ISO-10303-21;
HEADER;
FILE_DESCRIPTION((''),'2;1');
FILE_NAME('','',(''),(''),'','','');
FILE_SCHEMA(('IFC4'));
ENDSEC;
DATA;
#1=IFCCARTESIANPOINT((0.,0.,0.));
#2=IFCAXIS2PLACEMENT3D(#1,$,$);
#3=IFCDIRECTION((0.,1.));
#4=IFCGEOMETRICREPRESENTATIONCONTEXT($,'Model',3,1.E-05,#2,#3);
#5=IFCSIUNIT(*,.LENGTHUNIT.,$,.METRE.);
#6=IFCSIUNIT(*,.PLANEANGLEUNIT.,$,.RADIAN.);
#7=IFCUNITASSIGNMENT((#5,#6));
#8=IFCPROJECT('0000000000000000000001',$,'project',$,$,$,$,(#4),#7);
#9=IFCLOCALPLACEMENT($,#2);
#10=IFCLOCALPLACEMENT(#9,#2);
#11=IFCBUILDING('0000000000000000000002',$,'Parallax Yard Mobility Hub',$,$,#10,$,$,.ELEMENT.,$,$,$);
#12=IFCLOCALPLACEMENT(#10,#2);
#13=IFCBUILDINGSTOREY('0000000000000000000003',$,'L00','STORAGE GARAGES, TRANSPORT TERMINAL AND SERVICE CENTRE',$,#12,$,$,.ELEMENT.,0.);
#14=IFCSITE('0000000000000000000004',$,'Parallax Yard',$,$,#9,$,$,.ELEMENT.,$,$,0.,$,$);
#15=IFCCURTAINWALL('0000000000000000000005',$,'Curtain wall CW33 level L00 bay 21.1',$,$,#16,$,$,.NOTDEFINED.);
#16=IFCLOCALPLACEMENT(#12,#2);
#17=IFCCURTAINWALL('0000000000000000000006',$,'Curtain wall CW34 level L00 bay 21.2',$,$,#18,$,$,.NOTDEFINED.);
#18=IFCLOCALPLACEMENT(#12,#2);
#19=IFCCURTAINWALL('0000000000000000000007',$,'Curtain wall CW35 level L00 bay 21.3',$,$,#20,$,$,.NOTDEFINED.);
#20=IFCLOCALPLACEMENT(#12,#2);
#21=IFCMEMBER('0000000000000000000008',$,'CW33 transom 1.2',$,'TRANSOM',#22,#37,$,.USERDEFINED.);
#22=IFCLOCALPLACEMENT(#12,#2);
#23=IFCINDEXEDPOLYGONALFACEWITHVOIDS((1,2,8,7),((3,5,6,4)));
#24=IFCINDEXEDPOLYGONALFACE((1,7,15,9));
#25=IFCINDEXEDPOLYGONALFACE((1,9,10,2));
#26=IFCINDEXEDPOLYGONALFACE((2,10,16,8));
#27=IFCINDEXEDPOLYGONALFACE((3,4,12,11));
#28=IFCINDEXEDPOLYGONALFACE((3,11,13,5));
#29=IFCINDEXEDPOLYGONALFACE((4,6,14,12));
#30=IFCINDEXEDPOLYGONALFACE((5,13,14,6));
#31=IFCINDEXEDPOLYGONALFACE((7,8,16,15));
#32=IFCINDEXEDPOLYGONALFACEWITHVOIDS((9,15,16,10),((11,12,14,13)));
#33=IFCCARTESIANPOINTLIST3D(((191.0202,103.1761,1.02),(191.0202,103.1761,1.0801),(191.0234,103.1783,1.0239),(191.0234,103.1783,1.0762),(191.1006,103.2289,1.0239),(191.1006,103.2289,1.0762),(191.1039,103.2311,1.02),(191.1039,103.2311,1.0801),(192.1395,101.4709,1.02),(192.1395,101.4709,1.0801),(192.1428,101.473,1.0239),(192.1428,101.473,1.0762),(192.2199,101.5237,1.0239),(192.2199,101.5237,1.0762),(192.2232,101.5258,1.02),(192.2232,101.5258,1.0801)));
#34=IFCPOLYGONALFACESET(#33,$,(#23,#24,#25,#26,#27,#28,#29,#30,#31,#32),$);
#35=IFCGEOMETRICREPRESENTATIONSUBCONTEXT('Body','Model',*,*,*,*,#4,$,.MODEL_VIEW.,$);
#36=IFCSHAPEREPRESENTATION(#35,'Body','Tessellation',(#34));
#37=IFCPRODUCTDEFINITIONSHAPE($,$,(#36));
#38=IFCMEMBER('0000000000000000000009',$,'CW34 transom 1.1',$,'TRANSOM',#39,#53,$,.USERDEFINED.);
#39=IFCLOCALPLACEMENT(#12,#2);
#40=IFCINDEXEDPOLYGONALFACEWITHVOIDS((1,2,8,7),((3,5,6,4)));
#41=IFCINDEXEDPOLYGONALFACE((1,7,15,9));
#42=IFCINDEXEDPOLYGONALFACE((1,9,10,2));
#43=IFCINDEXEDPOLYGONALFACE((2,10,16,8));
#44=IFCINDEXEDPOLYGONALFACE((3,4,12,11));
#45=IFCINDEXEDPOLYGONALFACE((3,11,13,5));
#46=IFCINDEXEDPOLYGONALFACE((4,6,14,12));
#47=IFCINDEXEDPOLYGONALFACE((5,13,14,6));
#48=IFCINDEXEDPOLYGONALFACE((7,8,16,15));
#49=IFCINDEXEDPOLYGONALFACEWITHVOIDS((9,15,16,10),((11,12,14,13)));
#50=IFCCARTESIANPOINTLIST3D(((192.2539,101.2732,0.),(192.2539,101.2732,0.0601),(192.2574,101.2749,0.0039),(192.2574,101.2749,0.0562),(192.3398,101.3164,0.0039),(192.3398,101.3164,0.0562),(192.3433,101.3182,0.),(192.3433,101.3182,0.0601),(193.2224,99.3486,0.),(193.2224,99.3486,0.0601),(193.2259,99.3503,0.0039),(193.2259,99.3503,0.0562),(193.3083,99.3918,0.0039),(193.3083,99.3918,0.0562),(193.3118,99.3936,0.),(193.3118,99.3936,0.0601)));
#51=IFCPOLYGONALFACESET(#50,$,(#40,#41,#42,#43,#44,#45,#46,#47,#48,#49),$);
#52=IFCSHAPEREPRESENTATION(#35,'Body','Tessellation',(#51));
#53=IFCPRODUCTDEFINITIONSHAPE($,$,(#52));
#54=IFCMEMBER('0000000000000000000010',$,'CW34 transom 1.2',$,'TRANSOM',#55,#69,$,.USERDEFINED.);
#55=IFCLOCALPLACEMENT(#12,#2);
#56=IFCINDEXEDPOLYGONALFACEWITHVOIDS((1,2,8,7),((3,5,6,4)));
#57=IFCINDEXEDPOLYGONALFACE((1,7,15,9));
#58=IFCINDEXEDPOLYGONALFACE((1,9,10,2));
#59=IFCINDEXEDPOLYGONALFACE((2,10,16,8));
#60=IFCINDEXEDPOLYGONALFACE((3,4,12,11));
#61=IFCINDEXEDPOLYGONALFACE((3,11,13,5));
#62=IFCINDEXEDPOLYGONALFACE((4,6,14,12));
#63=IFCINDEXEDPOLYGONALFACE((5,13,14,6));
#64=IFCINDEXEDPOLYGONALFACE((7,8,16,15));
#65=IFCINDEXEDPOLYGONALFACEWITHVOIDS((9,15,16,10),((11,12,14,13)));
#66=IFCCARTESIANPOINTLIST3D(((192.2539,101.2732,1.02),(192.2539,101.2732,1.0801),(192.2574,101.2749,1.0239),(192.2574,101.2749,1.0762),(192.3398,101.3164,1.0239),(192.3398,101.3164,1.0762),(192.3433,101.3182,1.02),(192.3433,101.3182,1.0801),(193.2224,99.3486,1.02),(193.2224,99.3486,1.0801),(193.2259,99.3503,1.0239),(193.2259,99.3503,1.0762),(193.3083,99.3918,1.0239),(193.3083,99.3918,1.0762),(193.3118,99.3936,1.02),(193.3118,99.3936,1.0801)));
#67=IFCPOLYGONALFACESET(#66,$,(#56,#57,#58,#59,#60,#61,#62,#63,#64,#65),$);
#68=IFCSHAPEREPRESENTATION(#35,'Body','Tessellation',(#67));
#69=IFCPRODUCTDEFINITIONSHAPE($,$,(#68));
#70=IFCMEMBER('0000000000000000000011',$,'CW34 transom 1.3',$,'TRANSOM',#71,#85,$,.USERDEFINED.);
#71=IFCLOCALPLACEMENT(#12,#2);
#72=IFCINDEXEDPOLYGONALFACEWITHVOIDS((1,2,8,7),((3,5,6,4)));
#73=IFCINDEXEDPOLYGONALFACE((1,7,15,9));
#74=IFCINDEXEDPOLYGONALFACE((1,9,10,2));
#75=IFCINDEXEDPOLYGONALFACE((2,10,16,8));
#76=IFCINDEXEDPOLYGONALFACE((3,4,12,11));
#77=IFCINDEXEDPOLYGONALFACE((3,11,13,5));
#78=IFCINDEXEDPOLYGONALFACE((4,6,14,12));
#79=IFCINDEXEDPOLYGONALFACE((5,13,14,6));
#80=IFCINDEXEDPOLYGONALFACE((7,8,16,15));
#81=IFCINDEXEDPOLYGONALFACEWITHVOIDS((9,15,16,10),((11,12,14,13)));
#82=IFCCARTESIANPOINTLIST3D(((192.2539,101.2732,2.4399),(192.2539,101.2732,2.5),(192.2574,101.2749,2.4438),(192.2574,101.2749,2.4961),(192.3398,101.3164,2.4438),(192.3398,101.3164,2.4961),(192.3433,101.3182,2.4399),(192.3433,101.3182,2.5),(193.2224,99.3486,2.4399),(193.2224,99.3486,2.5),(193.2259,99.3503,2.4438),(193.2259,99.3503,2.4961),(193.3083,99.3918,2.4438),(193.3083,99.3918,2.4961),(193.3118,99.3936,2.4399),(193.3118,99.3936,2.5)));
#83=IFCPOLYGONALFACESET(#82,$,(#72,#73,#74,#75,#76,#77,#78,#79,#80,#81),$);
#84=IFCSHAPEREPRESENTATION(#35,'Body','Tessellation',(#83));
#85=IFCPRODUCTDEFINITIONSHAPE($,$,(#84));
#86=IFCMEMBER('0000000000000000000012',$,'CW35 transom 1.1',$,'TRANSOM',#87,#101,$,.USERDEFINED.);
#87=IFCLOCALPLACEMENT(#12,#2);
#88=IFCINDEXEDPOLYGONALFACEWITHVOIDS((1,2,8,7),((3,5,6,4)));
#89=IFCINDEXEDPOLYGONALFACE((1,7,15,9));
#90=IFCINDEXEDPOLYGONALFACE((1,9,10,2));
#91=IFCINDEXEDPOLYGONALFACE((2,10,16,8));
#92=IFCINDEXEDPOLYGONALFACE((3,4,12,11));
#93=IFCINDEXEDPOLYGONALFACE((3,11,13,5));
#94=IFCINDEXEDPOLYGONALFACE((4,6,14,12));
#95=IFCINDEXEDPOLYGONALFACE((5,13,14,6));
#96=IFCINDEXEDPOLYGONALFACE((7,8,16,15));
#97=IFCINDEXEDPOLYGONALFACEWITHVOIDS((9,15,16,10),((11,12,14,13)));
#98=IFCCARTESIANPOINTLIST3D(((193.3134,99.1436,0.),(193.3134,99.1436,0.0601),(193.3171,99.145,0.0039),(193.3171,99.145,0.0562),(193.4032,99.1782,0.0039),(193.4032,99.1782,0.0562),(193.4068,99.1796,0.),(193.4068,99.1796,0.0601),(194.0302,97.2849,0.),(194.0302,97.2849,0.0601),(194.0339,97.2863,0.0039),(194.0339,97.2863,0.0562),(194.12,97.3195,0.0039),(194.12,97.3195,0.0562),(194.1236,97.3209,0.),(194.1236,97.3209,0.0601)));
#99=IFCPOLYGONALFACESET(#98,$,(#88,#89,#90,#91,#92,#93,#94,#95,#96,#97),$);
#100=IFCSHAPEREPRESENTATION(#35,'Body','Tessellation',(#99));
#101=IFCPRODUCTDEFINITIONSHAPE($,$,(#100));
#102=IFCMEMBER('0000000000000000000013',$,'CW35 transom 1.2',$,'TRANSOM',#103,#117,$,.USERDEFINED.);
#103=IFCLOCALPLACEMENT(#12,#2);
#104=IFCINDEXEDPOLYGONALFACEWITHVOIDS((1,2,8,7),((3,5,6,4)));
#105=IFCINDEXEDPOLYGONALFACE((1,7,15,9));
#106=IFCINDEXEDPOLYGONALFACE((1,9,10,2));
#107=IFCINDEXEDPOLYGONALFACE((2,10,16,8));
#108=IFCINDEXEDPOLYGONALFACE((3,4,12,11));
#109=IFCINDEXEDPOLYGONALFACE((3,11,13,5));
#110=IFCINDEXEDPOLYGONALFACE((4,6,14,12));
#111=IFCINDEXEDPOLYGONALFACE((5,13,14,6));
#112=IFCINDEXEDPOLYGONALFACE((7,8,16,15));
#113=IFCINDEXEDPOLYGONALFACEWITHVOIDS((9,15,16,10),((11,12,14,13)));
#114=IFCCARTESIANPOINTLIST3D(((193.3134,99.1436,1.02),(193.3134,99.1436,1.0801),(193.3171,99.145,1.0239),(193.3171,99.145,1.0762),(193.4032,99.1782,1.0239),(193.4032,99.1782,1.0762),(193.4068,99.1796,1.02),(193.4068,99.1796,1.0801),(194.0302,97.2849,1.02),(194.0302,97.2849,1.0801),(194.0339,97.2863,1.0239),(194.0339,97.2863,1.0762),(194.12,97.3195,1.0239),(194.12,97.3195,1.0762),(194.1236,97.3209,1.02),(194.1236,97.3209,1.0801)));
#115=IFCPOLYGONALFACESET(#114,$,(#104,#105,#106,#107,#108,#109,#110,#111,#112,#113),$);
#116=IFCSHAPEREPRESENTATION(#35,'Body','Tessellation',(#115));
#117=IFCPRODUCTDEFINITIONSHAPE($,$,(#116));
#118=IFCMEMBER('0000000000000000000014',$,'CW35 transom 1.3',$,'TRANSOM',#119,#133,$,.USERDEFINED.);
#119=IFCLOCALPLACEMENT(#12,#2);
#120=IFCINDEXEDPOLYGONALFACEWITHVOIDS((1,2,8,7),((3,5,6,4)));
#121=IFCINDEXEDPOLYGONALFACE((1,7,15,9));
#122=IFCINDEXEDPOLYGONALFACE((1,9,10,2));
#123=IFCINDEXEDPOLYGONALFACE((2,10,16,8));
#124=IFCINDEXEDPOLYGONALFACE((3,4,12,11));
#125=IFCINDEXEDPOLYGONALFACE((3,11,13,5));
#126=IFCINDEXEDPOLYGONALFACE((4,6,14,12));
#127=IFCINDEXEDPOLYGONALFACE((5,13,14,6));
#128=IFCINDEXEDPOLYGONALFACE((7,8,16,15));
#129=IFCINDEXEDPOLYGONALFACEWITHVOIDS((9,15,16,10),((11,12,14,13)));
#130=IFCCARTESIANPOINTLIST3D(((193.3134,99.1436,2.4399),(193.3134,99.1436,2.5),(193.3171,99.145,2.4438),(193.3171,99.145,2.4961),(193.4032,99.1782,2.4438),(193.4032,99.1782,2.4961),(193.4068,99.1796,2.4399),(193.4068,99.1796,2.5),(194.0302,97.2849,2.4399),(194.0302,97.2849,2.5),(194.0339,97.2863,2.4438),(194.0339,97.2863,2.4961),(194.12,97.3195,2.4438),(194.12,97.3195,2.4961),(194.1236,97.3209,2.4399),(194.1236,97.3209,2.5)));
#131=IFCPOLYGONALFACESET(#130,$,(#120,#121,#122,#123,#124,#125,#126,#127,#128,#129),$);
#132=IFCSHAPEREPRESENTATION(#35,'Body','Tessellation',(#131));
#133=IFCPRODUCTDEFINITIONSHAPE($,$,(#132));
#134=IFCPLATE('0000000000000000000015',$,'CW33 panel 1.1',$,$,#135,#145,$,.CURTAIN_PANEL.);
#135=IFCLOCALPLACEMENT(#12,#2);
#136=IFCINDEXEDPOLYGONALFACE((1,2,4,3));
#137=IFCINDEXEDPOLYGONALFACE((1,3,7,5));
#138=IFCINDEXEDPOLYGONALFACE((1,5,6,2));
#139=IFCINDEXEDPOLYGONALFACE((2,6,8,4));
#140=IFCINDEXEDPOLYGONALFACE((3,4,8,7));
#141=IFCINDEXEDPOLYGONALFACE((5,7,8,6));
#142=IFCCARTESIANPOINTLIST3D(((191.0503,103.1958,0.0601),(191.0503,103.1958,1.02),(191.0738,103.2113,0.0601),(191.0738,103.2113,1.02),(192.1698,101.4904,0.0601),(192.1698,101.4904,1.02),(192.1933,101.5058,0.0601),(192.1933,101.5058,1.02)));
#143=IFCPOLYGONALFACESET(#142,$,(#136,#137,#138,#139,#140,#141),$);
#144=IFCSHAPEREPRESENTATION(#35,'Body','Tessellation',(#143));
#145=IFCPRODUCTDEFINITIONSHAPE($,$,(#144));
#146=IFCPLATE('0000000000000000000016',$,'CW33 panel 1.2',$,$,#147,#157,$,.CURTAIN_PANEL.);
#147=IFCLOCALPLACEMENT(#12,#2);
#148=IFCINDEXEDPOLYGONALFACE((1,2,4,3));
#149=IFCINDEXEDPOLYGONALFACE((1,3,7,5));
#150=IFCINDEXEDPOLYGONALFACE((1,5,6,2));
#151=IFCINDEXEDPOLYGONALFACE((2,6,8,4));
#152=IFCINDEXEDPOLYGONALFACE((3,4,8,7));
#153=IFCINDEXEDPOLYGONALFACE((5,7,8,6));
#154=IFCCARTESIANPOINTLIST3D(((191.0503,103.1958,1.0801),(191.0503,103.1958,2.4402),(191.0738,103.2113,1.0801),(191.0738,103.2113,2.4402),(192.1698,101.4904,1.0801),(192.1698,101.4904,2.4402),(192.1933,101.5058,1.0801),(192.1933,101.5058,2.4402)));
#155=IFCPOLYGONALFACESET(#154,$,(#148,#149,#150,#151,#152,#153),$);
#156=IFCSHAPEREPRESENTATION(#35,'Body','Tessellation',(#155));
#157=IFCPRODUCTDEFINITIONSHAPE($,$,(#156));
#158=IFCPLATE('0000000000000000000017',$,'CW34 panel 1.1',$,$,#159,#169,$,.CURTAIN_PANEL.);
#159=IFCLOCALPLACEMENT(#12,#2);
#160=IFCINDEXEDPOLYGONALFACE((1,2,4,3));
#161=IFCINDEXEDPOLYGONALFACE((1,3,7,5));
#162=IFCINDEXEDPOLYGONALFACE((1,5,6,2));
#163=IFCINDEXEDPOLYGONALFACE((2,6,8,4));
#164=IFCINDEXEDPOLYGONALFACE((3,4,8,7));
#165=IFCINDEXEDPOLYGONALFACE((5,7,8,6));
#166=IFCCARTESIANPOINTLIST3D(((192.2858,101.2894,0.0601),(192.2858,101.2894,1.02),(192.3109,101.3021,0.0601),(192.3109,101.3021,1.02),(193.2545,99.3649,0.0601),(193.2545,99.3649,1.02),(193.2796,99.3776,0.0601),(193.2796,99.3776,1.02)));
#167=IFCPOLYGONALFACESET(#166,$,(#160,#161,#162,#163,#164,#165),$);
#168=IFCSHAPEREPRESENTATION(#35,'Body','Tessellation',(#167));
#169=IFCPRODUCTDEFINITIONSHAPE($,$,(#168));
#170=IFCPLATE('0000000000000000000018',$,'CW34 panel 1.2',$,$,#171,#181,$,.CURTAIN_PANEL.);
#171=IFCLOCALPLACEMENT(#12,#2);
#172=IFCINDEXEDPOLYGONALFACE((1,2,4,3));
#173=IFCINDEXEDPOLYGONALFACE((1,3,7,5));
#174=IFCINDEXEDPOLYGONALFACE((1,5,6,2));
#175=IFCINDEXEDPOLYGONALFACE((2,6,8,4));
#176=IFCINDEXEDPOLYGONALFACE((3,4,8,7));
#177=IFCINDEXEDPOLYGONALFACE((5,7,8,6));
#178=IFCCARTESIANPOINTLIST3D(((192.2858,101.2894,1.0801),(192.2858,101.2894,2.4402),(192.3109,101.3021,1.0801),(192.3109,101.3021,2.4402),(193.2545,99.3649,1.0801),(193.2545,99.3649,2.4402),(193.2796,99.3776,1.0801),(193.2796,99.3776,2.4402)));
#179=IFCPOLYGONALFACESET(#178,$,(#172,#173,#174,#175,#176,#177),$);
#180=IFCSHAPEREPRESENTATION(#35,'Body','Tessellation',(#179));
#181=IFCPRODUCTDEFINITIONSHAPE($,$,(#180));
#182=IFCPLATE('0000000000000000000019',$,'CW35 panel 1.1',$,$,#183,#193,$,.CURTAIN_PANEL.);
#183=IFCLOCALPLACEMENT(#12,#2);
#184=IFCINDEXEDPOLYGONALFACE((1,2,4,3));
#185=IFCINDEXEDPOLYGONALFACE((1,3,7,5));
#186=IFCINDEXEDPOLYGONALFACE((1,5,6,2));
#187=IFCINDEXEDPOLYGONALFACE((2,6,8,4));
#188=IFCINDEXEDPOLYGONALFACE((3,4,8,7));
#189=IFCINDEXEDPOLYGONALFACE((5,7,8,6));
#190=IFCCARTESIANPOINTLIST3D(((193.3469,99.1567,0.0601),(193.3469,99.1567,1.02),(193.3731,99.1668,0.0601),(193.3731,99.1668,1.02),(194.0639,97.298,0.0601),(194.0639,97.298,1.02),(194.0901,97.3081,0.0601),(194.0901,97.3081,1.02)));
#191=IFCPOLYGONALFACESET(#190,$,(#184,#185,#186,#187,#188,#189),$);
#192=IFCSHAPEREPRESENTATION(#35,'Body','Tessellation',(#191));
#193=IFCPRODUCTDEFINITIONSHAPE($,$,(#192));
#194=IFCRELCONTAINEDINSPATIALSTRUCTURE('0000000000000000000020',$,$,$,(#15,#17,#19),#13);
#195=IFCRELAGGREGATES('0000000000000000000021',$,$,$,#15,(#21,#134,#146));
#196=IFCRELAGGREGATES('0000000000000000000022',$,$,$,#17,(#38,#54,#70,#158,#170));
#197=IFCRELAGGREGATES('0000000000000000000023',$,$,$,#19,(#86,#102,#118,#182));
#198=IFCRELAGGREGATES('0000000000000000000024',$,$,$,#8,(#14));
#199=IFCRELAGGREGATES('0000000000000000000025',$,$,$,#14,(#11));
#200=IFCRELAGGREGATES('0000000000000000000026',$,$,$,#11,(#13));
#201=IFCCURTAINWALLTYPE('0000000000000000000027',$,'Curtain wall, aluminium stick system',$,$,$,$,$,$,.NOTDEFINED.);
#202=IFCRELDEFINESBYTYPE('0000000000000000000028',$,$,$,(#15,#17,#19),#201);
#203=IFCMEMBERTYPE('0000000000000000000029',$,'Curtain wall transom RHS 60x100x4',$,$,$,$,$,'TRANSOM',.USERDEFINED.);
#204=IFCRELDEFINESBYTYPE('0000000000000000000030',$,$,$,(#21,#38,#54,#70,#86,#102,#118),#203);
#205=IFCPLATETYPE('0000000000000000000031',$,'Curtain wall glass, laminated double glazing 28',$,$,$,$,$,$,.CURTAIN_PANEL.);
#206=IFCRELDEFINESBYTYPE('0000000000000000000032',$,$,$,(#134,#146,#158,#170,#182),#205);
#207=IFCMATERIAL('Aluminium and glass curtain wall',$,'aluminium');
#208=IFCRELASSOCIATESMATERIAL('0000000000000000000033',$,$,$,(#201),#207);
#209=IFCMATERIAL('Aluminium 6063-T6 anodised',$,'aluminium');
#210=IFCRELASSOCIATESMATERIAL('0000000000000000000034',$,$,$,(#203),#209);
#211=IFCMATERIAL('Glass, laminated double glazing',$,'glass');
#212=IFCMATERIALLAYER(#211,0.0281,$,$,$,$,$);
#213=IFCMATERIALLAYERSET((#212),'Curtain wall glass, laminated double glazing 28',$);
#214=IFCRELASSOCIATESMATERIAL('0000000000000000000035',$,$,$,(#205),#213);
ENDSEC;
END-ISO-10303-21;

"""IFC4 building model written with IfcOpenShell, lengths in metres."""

from ifc_helpers import new_model, si_unit, direction, frame, origin, origin_2d, place, context, subcontext, project, spatial, rectangle, hollow_rectangle, extrude, material, layer, layer_set, material_profile, profile_set, type_object, element, aggregate, save


model = new_model("IFC4")

# Units and contexts
model_context = context("Model", 3, precision=1e-05, world=origin(), true_north=direction((0.0, 1.0)))
body_context = subcontext(model_context, "Body", "Model", "MODEL_VIEW")
ifc_project = project(units=[si_unit("LENGTHUNIT", "METRE"), si_unit("PLANEANGLEUNIT", "RADIAN")], contexts=[model_context])

# Site, building, storey
site_placement = place(None, origin())
site = spatial("IfcSite", under=ifc_project, at=site_placement, Name="Parallax Yard", CompositionType="ELEMENT", RefElevation=0.0)
building_placement = place(site_placement, origin())
building = spatial("IfcBuilding", under=site, at=building_placement, Name="Parallax Yard Mobility Hub", CompositionType="ELEMENT")
storey_placement = place(building_placement, origin())
storey = spatial("IfcBuildingStorey", under=building, at=storey_placement, Name="L00", Description="STORAGE GARAGES, TRANSPORT TERMINAL AND SERVICE CENTRE", CompositionType="ELEMENT", Elevation=0.0)

# Curtain wall
ifc_material_1 = material(Name="Aluminium and glass curtain wall", Category="aluminium")
curtain_wall_type = type_object("IfcCurtainWallType", Name="Curtain wall, aluminium stick system", PredefinedType="NOTDEFINED", material=ifc_material_1)
curtain_wall_1_placement = place(storey_placement, origin())
curtain_wall_1 = element("IfcCurtainWall", 1, at=curtain_wall_1_placement, inside=storey, type_object=curtain_wall_type, Name="Curtain wall CW33 level L00 bay 21.1", PredefinedType="NOTDEFINED")
ifc_material_2 = material(Name="Aluminium 6063-T6 anodised", Category="aluminium")

# Curtain wall
curtain_wall_2_placement = place(storey_placement, origin())
curtain_wall_2 = element("IfcCurtainWall", 2, at=curtain_wall_2_placement, inside=storey, type_object=curtain_wall_type, Name="Curtain wall CW34 level L00 bay 21.2", PredefinedType="NOTDEFINED")

# Curtain wall
curtain_wall_3_placement = place(storey_placement, origin())
curtain_wall_3 = element("IfcCurtainWall", 3, at=curtain_wall_3_placement, inside=storey, type_object=curtain_wall_type, Name="Curtain wall CW35 level L00 bay 21.3", PredefinedType="NOTDEFINED")

# Members
ifc_material_profile_1 = material_profile(ifc_material_2, hollow_rectangle(XDim=0.1001, YDim=0.0601, WallThickness=0.0039, at=origin_2d()), Name="RHS 60x100x4")
ifc_profile_set_1 = profile_set([ifc_material_profile_1], Name="Aluminium 6063-T6 anodised")
member_type_1 = type_object("IfcMemberType", Name="Curtain wall transom RHS 60x100x4", ElementType="TRANSOM", PredefinedType="USERDEFINED", material=ifc_profile_set_1)
member_1_placement = place(storey_placement, frame((191.062, 103.2036, 1.05), z_axis=(0.548748, -0.835988, 0.0), x_axis=(0.835988, 0.548748, 0.0)))
member_1 = element("IfcMember", 4, at=member_1_placement, type_object=member_type_1, Name="CW33 transom 1.2", ObjectType="TRANSOM", PredefinedType="USERDEFINED", context=body_context, shape_type="SweptSolid", body=[
    extrude(hollow_rectangle(XDim=0.1001, YDim=0.0601, WallThickness=0.0039, at=origin_2d()), origin(), (0.0, 0.0, 1.0), 2.0398),
])
member_2_placement = place(storey_placement, frame((192.2986, 101.2957, 0.03), z_axis=(0.449524, -0.893268, 0.0), x_axis=(0.893268, 0.449524, 0.0)))
member_2 = element("IfcMember", 5, at=member_2_placement, type_object=member_type_1, Name="CW34 transom 1.1", ObjectType="TRANSOM", PredefinedType="USERDEFINED", context=body_context, shape_type="SweptSolid", body=[
    extrude(hollow_rectangle(XDim=0.1001, YDim=0.0601, WallThickness=0.0039, at=origin_2d()), origin(), (0.0, 0.0, 1.0), 2.1545),
])
member_3_placement = place(storey_placement, frame((192.2986, 101.2957, 1.05), z_axis=(0.449524, -0.893268, 0.0), x_axis=(0.893268, 0.449524, 0.0)))
member_3 = element("IfcMember", 6, at=member_3_placement, type_object=member_type_1, Name="CW34 transom 1.2", ObjectType="TRANSOM", PredefinedType="USERDEFINED", context=body_context, shape_type="SweptSolid", body=[
    extrude(hollow_rectangle(XDim=0.1001, YDim=0.0601, WallThickness=0.0039, at=origin_2d()), origin(), (0.0, 0.0, 1.0), 2.1545),
])
member_4_placement = place(storey_placement, frame((192.2986, 101.2957, 2.47), z_axis=(0.449524, -0.893268, 0.0), x_axis=(0.893268, 0.449524, 0.0)))
member_4 = element("IfcMember", 7, at=member_4_placement, type_object=member_type_1, Name="CW34 transom 1.3", ObjectType="TRANSOM", PredefinedType="USERDEFINED", context=body_context, shape_type="SweptSolid", body=[
    extrude(hollow_rectangle(XDim=0.1001, YDim=0.0601, WallThickness=0.0039, at=origin_2d()), origin(), (0.0, 0.0, 1.0), 2.1545),
])
member_5_placement = place(storey_placement, frame((193.3601, 99.1616, 0.03), z_axis=(0.359825, -0.93302, 0.0), x_axis=(0.93302, 0.359825, 0.0)))
member_5 = element("IfcMember", 8, at=member_5_placement, type_object=member_type_1, Name="CW35 transom 1.1", ObjectType="TRANSOM", PredefinedType="USERDEFINED", context=body_context, shape_type="SweptSolid", body=[
    extrude(hollow_rectangle(XDim=0.1001, YDim=0.0601, WallThickness=0.0039, at=origin_2d()), origin(), (0.0, 0.0, 1.0), 1.9922),
])
member_6_placement = place(storey_placement, frame((193.3601, 99.1616, 1.05), z_axis=(0.359825, -0.93302, 0.0), x_axis=(0.93302, 0.359825, 0.0)))
member_6 = element("IfcMember", 9, at=member_6_placement, type_object=member_type_1, Name="CW35 transom 1.2", ObjectType="TRANSOM", PredefinedType="USERDEFINED", context=body_context, shape_type="SweptSolid", body=[
    extrude(hollow_rectangle(XDim=0.1001, YDim=0.0601, WallThickness=0.0039, at=origin_2d()), origin(), (0.0, 0.0, 1.0), 1.9922),
])
member_7_placement = place(storey_placement, frame((193.3601, 99.1616, 2.47), z_axis=(0.359825, -0.93302, 0.0), x_axis=(0.93302, 0.359825, 0.0)))
member_7 = element("IfcMember", 10, at=member_7_placement, type_object=member_type_1, Name="CW35 transom 1.3", ObjectType="TRANSOM", PredefinedType="USERDEFINED", context=body_context, shape_type="SweptSolid", body=[
    extrude(hollow_rectangle(XDim=0.1001, YDim=0.0601, WallThickness=0.0039, at=origin_2d()), origin(), (0.0, 0.0, 1.0), 1.9922),
])

# Plates
ifc_material_3 = material(Name="Glass, laminated double glazing", Category="glass")
ifc_layer_1 = layer(ifc_material_3, 0.0281)
ifc_layer_set_1 = layer_set([ifc_layer_1], Name="Curtain wall glass, laminated double glazing 28")
plate_type = type_object("IfcPlateType", Name="Curtain wall glass, laminated double glazing 28", PredefinedType="CURTAIN_PANEL", material=ifc_layer_set_1)
plate_1_placement = place(storey_placement, frame((191.6218, 102.3508, 0.0601), z_axis=(0.0, 0.0, 1.0), x_axis=(0.548757, -0.835982, 0.0)))
plate_1 = element("IfcPlate", 11, at=plate_1_placement, type_object=plate_type, Name="CW33 panel 1.1", PredefinedType="CURTAIN_PANEL", context=body_context, shape_type="SweptSolid", body=[
    extrude(rectangle(XDim=2.04, YDim=0.0281, at=origin_2d()), origin(), (0.0, 0.0, 1.0), 0.96),
])
plate_2_placement = place(storey_placement, frame((191.6218, 102.3508, 1.0801), z_axis=(0.0, 0.0, 1.0), x_axis=(0.548757, -0.835982, 0.0)))
plate_2 = element("IfcPlate", 12, at=plate_2_placement, type_object=plate_type, Name="CW33 panel 1.2", PredefinedType="CURTAIN_PANEL", context=body_context, shape_type="SweptSolid", body=[
    extrude(rectangle(XDim=2.04, YDim=0.0281, at=origin_2d()), origin(), (0.0, 0.0, 1.0), 1.3601),
])
aggregate(curtain_wall_1, [member_1, plate_1, plate_2])
plate_3_placement = place(storey_placement, frame((192.7827, 100.3335, 0.0601), z_axis=(0.0, 0.0, 1.0), x_axis=(0.449604, -0.893228, 0.0)))
plate_3 = element("IfcPlate", 13, at=plate_3_placement, type_object=plate_type, Name="CW34 panel 1.1", PredefinedType="CURTAIN_PANEL", context=body_context, shape_type="SweptSolid", body=[
    extrude(rectangle(XDim=2.1545, YDim=0.0281, at=origin_2d()), origin(), (0.0, 0.0, 1.0), 0.96),
])
plate_4_placement = place(storey_placement, frame((192.7827, 100.3335, 1.0801), z_axis=(0.0, 0.0, 1.0), x_axis=(0.449604, -0.893228, 0.0)))
plate_4 = element("IfcPlate", 14, at=plate_4_placement, type_object=plate_type, Name="CW34 panel 1.2", PredefinedType="CURTAIN_PANEL", context=body_context, shape_type="SweptSolid", body=[
    extrude(rectangle(XDim=2.1545, YDim=0.0281, at=origin_2d()), origin(), (0.0, 0.0, 1.0), 1.3601),
])
aggregate(curtain_wall_2, [member_2, member_3, member_4, plate_3, plate_4])
plate_5_placement = place(storey_placement, frame((193.7185, 98.2324, 0.0601), z_axis=(0.0, 0.0, 1.0), x_axis=(0.359918, -0.932984, 0.0)))
plate_5 = element("IfcPlate", 15, at=plate_5_placement, type_object=plate_type, Name="CW35 panel 1.1", PredefinedType="CURTAIN_PANEL", context=body_context, shape_type="SweptSolid", body=[
    extrude(rectangle(XDim=1.9922, YDim=0.0281, at=origin_2d()), origin(), (0.0, 0.0, 1.0), 0.96),
])
aggregate(curtain_wall_3, [member_5, member_6, member_7, plate_5])

save(model, "model.ifc")
